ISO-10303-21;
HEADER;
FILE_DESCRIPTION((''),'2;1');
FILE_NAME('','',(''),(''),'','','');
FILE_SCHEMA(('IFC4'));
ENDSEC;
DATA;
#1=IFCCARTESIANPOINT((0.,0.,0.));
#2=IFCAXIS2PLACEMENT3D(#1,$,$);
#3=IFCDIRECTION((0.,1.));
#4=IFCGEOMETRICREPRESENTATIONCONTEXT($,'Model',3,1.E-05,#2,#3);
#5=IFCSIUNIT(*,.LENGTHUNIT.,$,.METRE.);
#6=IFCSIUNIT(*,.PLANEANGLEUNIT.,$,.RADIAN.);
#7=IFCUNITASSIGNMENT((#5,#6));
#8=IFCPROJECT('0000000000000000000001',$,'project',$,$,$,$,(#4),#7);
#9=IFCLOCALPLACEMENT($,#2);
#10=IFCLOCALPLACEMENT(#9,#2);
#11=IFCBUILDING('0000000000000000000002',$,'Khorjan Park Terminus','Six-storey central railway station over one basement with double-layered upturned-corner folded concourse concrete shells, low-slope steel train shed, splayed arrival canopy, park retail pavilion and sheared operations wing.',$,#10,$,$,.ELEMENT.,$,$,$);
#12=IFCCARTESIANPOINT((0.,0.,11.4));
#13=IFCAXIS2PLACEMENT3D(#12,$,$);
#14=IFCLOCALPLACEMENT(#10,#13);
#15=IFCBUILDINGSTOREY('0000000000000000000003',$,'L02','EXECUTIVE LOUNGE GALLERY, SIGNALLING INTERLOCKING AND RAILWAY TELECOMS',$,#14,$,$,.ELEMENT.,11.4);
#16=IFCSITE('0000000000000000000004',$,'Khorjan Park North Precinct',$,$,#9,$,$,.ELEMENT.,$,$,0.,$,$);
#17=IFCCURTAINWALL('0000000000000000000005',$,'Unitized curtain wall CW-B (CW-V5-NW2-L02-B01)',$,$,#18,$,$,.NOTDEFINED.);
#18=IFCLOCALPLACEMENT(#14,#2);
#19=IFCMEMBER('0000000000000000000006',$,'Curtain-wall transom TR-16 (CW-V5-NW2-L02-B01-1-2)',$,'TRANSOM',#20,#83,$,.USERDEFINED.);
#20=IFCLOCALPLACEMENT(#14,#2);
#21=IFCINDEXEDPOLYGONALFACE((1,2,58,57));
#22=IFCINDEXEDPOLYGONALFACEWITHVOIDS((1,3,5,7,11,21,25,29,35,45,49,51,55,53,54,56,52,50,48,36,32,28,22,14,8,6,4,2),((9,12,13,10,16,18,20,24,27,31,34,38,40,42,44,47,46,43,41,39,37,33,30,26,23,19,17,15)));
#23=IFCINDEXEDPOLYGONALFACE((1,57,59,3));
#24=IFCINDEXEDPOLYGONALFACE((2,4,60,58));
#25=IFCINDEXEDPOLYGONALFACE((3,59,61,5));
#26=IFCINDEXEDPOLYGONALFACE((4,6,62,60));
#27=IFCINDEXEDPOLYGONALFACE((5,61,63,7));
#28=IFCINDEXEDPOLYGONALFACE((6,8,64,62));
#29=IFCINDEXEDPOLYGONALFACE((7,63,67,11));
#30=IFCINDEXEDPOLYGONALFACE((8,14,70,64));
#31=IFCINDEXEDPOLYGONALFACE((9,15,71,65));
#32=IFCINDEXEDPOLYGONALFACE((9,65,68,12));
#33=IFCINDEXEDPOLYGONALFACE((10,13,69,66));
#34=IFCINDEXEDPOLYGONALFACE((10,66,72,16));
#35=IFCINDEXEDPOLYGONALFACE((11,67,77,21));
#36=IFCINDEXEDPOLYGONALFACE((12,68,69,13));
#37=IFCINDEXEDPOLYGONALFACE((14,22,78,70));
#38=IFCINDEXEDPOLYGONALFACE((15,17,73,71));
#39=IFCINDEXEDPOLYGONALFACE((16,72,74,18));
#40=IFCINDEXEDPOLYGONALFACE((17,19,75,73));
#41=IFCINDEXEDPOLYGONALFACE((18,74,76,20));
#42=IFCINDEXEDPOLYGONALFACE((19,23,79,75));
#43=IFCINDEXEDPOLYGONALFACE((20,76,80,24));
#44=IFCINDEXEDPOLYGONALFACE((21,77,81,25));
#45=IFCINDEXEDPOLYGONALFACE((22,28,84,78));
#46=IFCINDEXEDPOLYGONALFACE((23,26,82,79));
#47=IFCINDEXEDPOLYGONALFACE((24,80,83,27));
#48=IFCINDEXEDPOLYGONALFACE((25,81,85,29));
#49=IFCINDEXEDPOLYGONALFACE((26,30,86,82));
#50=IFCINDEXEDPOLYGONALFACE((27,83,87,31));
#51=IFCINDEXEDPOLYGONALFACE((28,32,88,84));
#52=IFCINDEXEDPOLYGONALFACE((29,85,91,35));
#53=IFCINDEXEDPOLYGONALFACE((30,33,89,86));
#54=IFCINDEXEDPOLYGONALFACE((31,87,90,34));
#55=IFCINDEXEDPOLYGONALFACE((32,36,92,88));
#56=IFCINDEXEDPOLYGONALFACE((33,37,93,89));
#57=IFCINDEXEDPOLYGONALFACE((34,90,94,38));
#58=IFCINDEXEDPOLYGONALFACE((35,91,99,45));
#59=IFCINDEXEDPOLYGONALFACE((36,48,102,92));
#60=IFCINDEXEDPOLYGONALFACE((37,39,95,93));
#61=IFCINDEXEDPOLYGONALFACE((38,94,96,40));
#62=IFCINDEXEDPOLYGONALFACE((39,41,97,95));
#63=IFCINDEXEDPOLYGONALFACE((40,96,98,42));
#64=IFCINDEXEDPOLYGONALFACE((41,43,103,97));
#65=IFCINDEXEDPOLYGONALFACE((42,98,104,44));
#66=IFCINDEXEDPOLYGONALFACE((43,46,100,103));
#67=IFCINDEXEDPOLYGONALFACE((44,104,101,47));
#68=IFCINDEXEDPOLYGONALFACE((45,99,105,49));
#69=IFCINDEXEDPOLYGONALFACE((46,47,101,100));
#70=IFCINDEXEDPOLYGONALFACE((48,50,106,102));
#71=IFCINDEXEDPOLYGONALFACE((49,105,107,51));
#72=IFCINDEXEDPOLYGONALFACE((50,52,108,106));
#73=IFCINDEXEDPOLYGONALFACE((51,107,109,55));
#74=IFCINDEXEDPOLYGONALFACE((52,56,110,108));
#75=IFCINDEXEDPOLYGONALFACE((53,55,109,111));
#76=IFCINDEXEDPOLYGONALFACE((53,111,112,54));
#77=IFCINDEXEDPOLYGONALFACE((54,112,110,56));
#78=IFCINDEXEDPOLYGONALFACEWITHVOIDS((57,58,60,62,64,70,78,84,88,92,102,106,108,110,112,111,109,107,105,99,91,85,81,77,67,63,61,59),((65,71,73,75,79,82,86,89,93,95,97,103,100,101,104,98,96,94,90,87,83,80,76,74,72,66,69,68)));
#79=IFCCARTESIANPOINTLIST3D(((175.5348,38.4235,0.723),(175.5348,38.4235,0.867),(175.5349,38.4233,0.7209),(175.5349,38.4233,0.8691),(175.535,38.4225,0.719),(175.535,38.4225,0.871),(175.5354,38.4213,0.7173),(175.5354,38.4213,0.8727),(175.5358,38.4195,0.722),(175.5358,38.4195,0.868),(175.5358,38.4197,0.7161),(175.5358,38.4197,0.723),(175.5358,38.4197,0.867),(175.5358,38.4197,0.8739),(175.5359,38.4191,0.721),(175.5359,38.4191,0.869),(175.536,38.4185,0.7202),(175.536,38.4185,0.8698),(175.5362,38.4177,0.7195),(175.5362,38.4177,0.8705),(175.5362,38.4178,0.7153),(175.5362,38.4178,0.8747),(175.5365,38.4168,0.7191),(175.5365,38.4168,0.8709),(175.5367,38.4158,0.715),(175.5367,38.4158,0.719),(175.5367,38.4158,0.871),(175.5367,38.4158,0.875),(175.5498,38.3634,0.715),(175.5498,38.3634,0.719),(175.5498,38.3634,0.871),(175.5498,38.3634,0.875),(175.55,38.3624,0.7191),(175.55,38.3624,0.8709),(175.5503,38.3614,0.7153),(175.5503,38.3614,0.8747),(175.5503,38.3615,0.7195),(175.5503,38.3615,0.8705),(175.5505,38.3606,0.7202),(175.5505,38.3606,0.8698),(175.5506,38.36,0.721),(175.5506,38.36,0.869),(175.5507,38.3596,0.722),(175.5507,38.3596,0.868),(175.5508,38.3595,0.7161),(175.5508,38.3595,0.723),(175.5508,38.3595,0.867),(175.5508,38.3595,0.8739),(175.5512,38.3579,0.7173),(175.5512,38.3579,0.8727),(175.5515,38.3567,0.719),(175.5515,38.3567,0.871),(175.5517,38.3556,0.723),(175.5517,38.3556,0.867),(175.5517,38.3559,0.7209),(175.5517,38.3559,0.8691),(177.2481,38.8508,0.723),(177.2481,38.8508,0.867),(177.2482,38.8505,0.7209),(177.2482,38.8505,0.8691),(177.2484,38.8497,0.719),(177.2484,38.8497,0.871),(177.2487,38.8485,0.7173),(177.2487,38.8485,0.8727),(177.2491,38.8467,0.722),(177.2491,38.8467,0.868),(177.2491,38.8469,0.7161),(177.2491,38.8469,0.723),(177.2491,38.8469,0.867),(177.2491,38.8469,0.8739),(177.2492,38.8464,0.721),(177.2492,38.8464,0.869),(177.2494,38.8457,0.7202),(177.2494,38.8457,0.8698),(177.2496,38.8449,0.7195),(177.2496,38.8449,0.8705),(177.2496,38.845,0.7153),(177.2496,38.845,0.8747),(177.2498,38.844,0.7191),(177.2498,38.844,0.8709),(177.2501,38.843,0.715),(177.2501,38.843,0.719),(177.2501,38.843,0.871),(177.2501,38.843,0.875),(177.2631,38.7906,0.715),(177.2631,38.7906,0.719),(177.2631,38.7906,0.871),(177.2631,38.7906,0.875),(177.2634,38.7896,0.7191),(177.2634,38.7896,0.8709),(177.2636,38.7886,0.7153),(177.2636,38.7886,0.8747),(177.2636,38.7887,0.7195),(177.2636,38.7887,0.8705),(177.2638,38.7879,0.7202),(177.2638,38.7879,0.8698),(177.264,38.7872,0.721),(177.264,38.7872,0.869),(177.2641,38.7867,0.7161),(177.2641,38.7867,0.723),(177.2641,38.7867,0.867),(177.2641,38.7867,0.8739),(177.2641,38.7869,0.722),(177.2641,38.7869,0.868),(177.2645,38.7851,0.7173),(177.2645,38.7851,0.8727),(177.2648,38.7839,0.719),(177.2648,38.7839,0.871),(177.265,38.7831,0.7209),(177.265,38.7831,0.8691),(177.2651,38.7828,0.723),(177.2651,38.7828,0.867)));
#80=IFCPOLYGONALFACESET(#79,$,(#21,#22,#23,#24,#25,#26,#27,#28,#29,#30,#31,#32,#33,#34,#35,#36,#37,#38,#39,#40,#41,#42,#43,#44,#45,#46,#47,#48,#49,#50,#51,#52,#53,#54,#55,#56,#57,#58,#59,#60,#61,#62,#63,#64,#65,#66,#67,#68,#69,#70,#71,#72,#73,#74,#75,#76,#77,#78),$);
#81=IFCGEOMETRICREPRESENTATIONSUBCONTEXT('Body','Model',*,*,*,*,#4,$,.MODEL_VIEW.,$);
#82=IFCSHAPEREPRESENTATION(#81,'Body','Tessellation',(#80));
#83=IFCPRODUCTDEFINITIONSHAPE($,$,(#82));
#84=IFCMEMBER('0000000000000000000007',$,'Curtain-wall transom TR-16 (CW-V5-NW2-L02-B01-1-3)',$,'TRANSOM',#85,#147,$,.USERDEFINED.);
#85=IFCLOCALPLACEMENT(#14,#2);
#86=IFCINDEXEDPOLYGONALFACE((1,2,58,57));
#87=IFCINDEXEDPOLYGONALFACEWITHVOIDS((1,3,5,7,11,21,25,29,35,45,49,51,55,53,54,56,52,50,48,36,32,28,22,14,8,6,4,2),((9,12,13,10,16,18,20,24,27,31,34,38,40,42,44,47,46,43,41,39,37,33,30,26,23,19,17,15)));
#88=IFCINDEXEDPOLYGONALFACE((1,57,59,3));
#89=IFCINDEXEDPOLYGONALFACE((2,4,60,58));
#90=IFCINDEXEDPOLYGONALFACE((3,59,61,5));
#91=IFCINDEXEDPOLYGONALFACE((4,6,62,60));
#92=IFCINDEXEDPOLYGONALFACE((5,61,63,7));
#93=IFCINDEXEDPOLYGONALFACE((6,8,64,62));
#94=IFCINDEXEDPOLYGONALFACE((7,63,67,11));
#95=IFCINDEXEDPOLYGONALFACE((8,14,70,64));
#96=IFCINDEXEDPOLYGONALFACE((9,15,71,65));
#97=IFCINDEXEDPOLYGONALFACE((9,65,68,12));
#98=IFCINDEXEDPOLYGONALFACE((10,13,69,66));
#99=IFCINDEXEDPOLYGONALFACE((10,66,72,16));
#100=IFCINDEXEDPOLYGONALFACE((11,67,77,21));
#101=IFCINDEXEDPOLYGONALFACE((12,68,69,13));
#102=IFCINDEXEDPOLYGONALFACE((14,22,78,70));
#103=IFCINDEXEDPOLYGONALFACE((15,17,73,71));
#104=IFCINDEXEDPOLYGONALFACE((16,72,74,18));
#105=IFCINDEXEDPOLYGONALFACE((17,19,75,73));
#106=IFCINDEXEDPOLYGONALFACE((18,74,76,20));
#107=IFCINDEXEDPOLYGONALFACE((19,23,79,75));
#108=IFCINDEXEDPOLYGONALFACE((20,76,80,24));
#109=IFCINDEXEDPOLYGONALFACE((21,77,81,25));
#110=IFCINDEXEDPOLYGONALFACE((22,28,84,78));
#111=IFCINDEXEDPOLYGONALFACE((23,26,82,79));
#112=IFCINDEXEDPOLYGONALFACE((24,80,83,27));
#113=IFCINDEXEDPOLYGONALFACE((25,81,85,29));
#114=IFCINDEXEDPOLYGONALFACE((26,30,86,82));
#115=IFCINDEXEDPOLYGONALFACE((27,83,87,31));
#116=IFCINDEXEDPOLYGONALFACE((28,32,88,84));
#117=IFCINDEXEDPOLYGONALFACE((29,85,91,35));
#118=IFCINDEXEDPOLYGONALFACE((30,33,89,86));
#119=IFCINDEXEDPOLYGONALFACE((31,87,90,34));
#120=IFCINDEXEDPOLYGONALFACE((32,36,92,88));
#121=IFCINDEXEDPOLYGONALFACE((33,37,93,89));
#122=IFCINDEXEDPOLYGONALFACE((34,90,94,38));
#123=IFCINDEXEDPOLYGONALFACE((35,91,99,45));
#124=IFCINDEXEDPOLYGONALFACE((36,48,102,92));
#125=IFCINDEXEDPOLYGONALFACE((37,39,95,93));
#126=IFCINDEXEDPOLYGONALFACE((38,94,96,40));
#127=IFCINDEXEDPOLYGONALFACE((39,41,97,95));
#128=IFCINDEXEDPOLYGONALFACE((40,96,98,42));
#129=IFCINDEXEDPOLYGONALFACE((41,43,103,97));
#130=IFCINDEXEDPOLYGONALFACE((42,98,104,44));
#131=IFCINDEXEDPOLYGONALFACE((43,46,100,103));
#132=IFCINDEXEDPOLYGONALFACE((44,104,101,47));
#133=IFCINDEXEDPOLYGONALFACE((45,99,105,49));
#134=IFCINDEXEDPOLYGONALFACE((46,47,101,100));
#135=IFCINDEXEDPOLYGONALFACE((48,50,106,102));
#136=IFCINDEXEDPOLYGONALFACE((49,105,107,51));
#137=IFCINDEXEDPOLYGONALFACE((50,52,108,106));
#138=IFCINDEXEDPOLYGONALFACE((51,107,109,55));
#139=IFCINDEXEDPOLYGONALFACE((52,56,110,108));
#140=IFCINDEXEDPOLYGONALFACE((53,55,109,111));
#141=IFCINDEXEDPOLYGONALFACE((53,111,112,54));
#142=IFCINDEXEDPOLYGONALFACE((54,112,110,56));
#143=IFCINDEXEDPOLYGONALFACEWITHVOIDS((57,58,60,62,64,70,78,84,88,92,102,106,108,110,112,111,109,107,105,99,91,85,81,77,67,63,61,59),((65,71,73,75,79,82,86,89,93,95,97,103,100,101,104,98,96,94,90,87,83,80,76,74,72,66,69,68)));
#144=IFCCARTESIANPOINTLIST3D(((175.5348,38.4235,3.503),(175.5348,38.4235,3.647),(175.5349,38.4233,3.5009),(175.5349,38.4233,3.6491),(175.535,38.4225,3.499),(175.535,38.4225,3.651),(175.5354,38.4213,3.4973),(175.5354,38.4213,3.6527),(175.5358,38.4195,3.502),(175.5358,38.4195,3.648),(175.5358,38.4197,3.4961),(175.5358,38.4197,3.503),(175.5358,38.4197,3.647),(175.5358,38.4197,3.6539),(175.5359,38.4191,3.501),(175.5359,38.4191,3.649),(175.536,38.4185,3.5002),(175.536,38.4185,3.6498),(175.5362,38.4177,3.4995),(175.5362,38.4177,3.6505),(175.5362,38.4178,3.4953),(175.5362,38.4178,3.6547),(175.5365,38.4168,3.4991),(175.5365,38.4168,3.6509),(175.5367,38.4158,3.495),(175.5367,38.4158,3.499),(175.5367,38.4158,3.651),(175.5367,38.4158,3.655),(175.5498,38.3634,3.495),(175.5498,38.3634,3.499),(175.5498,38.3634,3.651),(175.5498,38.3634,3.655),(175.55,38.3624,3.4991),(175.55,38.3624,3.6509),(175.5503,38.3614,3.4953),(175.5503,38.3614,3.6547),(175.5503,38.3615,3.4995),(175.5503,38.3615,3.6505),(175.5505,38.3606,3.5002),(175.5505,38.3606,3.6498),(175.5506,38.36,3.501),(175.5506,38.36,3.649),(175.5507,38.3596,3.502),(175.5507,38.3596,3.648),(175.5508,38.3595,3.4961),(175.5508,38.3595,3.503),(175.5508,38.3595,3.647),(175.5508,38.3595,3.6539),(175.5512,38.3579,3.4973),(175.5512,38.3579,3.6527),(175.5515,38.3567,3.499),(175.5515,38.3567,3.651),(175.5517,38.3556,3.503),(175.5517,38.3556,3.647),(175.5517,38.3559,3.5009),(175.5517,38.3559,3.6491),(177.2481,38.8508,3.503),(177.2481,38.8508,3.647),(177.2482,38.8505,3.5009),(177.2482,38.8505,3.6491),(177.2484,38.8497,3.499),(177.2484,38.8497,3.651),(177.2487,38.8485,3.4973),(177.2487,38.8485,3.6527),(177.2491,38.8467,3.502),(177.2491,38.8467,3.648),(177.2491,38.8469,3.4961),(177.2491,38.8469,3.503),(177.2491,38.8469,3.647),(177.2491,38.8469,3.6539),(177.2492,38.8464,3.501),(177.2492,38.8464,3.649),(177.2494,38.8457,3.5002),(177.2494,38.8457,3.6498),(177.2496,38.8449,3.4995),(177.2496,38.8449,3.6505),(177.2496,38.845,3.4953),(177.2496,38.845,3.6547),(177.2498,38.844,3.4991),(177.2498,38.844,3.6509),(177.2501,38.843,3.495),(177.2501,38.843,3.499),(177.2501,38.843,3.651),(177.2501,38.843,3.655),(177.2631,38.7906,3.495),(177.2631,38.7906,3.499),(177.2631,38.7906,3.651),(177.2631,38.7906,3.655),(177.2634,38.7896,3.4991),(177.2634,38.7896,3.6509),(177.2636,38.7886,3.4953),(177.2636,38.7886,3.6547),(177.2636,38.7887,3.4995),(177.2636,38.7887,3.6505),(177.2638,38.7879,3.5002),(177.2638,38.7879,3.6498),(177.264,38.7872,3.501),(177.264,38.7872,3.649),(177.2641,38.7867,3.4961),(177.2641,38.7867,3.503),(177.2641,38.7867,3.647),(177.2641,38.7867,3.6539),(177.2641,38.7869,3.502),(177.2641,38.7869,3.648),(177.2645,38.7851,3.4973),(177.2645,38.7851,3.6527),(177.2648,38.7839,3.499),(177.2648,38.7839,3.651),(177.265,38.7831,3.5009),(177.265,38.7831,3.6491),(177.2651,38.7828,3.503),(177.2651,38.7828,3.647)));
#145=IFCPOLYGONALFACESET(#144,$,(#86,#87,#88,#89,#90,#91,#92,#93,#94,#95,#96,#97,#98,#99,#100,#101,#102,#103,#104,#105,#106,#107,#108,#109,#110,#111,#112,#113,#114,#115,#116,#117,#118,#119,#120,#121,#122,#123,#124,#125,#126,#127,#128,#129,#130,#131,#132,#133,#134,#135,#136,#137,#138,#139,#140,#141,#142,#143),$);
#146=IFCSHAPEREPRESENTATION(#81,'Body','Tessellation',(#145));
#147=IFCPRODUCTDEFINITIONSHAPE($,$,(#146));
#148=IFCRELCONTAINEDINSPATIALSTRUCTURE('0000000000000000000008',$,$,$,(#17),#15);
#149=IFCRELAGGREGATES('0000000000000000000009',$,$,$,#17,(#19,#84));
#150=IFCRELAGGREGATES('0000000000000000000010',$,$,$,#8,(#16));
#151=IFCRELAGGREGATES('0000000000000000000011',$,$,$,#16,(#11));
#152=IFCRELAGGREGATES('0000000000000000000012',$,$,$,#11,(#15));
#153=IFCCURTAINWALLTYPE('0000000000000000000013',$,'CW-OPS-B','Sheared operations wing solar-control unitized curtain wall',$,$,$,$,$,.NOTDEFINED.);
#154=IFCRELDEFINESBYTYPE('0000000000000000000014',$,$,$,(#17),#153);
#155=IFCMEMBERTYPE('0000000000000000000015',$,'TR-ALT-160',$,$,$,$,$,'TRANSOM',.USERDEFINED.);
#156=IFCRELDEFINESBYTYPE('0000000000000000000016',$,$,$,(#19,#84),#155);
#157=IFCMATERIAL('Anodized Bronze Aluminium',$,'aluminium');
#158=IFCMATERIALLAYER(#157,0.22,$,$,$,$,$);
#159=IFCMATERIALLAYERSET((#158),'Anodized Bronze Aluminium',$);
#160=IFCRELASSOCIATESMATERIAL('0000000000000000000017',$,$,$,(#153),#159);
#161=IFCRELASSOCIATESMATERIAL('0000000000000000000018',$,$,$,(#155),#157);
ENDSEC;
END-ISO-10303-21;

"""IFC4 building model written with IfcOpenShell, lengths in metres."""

from ifc_helpers import new_model, si_unit, direction, frame, origin, origin_2d, place, context, subcontext, project, spatial, hollow_rectangle, extrude, material, layer, layer_set, material_profile, profile_set, type_object, element, aggregate, save


model = new_model("IFC4")

# Units and contexts
model_context = context("Model", 3, precision=1e-05, world=origin(), true_north=direction((0.0, 1.0)))
body_context = subcontext(model_context, "Body", "Model", "MODEL_VIEW")
ifc_project = project(units=[si_unit("LENGTHUNIT", "METRE"), si_unit("PLANEANGLEUNIT", "RADIAN")], contexts=[model_context])

# Site, building, storey
site_placement = place(None, origin())
site = spatial("IfcSite", under=ifc_project, at=site_placement, Name="Khorjan Park North Precinct", CompositionType="ELEMENT", RefElevation=0.0)
building_placement = place(site_placement, origin())
building = spatial("IfcBuilding", under=site, at=building_placement, Name="Khorjan Park Terminus", Description="Six-storey central railway station over one basement with double-layered upturned-corner folded concourse concrete shells, low-slope steel train shed, splayed arrival canopy, park retail pavilion and sheared operations wing.", CompositionType="ELEMENT")
storey_placement = place(building_placement, frame((0.0, 0.0, 11.4)))
storey = spatial("IfcBuildingStorey", under=building, at=storey_placement, Name="L02", Description="EXECUTIVE LOUNGE GALLERY, SIGNALLING INTERLOCKING AND RAILWAY TELECOMS", CompositionType="ELEMENT", Elevation=11.4)

# Shared definitions
ifc_material_1 = material(Name="Anodized Bronze Aluminium", Category="aluminium")
ifc_layer_1 = layer(ifc_material_1, 0.22)
ifc_layer_set_1 = layer_set([ifc_layer_1], Name="Anodized Bronze Aluminium")
curtain_wall_type = type_object("IfcCurtainWallType", Name="CW-OPS-B", Description="Sheared operations wing solar-control unitized curtain wall", PredefinedType="NOTDEFINED", material=ifc_layer_set_1)

# Curtain wall
curtain_wall_1_placement = place(storey_placement, origin())
curtain_wall_1 = element("IfcCurtainWall", 1, at=curtain_wall_1_placement, inside=storey, type_object=curtain_wall_type, Name="Unitized curtain wall CW-B (CW-V5-NW2-L02-B01)", PredefinedType="NOTDEFINED")

# Members
ifc_material_profile_1 = material_profile(ifc_material_1, hollow_rectangle(XDim=0.07, YDim=0.16, WallThickness=0.004, InnerFilletRadius=0.004, OuterFilletRadius=0.008, at=origin_2d()), Name="ALT 70x160x4")
ifc_profile_set_1 = profile_set([ifc_material_profile_1], Name="Anodized Bronze Aluminium")
member_type_1 = type_object("IfcMemberType", Name="TR-ALT-160", ElementType="TRANSOM", PredefinedType="USERDEFINED", material=ifc_profile_set_1)
member_1_placement = place(storey_placement, frame((177.2566, 38.8168, 0.795), z_axis=(-0.970292, -0.241936, 0.0), x_axis=(0.241936, -0.970292, 0.0)))
member_1 = element("IfcMember", 2, at=member_1_placement, type_object=member_type_1, Name="Curtain-wall transom TR-16 (CW-V5-NW2-L02-B01-1-2)", ObjectType="TRANSOM", PredefinedType="USERDEFINED", context=body_context, shape_type="SweptSolid", body=[
    extrude(hollow_rectangle(XDim=0.07, YDim=0.16, WallThickness=0.004, InnerFilletRadius=0.004, OuterFilletRadius=0.008, at=origin_2d()), origin(), (0.0, 0.0, 1.0), 1.7658),
])
member_2_placement = place(storey_placement, frame((177.2566, 38.8168, 3.575), z_axis=(-0.970292, -0.241936, 0.0), x_axis=(0.241936, -0.970292, 0.0)))
member_2 = element("IfcMember", 3, at=member_2_placement, type_object=member_type_1, Name="Curtain-wall transom TR-16 (CW-V5-NW2-L02-B01-1-3)", ObjectType="TRANSOM", PredefinedType="USERDEFINED", context=body_context, shape_type="SweptSolid", body=[
    extrude(hollow_rectangle(XDim=0.07, YDim=0.16, WallThickness=0.004, InnerFilletRadius=0.004, OuterFilletRadius=0.008, at=origin_2d()), origin(), (0.0, 0.0, 1.0), 1.7658),
])

aggregate(curtain_wall_1, [member_1, member_2])

save(model, "model.ifc")
